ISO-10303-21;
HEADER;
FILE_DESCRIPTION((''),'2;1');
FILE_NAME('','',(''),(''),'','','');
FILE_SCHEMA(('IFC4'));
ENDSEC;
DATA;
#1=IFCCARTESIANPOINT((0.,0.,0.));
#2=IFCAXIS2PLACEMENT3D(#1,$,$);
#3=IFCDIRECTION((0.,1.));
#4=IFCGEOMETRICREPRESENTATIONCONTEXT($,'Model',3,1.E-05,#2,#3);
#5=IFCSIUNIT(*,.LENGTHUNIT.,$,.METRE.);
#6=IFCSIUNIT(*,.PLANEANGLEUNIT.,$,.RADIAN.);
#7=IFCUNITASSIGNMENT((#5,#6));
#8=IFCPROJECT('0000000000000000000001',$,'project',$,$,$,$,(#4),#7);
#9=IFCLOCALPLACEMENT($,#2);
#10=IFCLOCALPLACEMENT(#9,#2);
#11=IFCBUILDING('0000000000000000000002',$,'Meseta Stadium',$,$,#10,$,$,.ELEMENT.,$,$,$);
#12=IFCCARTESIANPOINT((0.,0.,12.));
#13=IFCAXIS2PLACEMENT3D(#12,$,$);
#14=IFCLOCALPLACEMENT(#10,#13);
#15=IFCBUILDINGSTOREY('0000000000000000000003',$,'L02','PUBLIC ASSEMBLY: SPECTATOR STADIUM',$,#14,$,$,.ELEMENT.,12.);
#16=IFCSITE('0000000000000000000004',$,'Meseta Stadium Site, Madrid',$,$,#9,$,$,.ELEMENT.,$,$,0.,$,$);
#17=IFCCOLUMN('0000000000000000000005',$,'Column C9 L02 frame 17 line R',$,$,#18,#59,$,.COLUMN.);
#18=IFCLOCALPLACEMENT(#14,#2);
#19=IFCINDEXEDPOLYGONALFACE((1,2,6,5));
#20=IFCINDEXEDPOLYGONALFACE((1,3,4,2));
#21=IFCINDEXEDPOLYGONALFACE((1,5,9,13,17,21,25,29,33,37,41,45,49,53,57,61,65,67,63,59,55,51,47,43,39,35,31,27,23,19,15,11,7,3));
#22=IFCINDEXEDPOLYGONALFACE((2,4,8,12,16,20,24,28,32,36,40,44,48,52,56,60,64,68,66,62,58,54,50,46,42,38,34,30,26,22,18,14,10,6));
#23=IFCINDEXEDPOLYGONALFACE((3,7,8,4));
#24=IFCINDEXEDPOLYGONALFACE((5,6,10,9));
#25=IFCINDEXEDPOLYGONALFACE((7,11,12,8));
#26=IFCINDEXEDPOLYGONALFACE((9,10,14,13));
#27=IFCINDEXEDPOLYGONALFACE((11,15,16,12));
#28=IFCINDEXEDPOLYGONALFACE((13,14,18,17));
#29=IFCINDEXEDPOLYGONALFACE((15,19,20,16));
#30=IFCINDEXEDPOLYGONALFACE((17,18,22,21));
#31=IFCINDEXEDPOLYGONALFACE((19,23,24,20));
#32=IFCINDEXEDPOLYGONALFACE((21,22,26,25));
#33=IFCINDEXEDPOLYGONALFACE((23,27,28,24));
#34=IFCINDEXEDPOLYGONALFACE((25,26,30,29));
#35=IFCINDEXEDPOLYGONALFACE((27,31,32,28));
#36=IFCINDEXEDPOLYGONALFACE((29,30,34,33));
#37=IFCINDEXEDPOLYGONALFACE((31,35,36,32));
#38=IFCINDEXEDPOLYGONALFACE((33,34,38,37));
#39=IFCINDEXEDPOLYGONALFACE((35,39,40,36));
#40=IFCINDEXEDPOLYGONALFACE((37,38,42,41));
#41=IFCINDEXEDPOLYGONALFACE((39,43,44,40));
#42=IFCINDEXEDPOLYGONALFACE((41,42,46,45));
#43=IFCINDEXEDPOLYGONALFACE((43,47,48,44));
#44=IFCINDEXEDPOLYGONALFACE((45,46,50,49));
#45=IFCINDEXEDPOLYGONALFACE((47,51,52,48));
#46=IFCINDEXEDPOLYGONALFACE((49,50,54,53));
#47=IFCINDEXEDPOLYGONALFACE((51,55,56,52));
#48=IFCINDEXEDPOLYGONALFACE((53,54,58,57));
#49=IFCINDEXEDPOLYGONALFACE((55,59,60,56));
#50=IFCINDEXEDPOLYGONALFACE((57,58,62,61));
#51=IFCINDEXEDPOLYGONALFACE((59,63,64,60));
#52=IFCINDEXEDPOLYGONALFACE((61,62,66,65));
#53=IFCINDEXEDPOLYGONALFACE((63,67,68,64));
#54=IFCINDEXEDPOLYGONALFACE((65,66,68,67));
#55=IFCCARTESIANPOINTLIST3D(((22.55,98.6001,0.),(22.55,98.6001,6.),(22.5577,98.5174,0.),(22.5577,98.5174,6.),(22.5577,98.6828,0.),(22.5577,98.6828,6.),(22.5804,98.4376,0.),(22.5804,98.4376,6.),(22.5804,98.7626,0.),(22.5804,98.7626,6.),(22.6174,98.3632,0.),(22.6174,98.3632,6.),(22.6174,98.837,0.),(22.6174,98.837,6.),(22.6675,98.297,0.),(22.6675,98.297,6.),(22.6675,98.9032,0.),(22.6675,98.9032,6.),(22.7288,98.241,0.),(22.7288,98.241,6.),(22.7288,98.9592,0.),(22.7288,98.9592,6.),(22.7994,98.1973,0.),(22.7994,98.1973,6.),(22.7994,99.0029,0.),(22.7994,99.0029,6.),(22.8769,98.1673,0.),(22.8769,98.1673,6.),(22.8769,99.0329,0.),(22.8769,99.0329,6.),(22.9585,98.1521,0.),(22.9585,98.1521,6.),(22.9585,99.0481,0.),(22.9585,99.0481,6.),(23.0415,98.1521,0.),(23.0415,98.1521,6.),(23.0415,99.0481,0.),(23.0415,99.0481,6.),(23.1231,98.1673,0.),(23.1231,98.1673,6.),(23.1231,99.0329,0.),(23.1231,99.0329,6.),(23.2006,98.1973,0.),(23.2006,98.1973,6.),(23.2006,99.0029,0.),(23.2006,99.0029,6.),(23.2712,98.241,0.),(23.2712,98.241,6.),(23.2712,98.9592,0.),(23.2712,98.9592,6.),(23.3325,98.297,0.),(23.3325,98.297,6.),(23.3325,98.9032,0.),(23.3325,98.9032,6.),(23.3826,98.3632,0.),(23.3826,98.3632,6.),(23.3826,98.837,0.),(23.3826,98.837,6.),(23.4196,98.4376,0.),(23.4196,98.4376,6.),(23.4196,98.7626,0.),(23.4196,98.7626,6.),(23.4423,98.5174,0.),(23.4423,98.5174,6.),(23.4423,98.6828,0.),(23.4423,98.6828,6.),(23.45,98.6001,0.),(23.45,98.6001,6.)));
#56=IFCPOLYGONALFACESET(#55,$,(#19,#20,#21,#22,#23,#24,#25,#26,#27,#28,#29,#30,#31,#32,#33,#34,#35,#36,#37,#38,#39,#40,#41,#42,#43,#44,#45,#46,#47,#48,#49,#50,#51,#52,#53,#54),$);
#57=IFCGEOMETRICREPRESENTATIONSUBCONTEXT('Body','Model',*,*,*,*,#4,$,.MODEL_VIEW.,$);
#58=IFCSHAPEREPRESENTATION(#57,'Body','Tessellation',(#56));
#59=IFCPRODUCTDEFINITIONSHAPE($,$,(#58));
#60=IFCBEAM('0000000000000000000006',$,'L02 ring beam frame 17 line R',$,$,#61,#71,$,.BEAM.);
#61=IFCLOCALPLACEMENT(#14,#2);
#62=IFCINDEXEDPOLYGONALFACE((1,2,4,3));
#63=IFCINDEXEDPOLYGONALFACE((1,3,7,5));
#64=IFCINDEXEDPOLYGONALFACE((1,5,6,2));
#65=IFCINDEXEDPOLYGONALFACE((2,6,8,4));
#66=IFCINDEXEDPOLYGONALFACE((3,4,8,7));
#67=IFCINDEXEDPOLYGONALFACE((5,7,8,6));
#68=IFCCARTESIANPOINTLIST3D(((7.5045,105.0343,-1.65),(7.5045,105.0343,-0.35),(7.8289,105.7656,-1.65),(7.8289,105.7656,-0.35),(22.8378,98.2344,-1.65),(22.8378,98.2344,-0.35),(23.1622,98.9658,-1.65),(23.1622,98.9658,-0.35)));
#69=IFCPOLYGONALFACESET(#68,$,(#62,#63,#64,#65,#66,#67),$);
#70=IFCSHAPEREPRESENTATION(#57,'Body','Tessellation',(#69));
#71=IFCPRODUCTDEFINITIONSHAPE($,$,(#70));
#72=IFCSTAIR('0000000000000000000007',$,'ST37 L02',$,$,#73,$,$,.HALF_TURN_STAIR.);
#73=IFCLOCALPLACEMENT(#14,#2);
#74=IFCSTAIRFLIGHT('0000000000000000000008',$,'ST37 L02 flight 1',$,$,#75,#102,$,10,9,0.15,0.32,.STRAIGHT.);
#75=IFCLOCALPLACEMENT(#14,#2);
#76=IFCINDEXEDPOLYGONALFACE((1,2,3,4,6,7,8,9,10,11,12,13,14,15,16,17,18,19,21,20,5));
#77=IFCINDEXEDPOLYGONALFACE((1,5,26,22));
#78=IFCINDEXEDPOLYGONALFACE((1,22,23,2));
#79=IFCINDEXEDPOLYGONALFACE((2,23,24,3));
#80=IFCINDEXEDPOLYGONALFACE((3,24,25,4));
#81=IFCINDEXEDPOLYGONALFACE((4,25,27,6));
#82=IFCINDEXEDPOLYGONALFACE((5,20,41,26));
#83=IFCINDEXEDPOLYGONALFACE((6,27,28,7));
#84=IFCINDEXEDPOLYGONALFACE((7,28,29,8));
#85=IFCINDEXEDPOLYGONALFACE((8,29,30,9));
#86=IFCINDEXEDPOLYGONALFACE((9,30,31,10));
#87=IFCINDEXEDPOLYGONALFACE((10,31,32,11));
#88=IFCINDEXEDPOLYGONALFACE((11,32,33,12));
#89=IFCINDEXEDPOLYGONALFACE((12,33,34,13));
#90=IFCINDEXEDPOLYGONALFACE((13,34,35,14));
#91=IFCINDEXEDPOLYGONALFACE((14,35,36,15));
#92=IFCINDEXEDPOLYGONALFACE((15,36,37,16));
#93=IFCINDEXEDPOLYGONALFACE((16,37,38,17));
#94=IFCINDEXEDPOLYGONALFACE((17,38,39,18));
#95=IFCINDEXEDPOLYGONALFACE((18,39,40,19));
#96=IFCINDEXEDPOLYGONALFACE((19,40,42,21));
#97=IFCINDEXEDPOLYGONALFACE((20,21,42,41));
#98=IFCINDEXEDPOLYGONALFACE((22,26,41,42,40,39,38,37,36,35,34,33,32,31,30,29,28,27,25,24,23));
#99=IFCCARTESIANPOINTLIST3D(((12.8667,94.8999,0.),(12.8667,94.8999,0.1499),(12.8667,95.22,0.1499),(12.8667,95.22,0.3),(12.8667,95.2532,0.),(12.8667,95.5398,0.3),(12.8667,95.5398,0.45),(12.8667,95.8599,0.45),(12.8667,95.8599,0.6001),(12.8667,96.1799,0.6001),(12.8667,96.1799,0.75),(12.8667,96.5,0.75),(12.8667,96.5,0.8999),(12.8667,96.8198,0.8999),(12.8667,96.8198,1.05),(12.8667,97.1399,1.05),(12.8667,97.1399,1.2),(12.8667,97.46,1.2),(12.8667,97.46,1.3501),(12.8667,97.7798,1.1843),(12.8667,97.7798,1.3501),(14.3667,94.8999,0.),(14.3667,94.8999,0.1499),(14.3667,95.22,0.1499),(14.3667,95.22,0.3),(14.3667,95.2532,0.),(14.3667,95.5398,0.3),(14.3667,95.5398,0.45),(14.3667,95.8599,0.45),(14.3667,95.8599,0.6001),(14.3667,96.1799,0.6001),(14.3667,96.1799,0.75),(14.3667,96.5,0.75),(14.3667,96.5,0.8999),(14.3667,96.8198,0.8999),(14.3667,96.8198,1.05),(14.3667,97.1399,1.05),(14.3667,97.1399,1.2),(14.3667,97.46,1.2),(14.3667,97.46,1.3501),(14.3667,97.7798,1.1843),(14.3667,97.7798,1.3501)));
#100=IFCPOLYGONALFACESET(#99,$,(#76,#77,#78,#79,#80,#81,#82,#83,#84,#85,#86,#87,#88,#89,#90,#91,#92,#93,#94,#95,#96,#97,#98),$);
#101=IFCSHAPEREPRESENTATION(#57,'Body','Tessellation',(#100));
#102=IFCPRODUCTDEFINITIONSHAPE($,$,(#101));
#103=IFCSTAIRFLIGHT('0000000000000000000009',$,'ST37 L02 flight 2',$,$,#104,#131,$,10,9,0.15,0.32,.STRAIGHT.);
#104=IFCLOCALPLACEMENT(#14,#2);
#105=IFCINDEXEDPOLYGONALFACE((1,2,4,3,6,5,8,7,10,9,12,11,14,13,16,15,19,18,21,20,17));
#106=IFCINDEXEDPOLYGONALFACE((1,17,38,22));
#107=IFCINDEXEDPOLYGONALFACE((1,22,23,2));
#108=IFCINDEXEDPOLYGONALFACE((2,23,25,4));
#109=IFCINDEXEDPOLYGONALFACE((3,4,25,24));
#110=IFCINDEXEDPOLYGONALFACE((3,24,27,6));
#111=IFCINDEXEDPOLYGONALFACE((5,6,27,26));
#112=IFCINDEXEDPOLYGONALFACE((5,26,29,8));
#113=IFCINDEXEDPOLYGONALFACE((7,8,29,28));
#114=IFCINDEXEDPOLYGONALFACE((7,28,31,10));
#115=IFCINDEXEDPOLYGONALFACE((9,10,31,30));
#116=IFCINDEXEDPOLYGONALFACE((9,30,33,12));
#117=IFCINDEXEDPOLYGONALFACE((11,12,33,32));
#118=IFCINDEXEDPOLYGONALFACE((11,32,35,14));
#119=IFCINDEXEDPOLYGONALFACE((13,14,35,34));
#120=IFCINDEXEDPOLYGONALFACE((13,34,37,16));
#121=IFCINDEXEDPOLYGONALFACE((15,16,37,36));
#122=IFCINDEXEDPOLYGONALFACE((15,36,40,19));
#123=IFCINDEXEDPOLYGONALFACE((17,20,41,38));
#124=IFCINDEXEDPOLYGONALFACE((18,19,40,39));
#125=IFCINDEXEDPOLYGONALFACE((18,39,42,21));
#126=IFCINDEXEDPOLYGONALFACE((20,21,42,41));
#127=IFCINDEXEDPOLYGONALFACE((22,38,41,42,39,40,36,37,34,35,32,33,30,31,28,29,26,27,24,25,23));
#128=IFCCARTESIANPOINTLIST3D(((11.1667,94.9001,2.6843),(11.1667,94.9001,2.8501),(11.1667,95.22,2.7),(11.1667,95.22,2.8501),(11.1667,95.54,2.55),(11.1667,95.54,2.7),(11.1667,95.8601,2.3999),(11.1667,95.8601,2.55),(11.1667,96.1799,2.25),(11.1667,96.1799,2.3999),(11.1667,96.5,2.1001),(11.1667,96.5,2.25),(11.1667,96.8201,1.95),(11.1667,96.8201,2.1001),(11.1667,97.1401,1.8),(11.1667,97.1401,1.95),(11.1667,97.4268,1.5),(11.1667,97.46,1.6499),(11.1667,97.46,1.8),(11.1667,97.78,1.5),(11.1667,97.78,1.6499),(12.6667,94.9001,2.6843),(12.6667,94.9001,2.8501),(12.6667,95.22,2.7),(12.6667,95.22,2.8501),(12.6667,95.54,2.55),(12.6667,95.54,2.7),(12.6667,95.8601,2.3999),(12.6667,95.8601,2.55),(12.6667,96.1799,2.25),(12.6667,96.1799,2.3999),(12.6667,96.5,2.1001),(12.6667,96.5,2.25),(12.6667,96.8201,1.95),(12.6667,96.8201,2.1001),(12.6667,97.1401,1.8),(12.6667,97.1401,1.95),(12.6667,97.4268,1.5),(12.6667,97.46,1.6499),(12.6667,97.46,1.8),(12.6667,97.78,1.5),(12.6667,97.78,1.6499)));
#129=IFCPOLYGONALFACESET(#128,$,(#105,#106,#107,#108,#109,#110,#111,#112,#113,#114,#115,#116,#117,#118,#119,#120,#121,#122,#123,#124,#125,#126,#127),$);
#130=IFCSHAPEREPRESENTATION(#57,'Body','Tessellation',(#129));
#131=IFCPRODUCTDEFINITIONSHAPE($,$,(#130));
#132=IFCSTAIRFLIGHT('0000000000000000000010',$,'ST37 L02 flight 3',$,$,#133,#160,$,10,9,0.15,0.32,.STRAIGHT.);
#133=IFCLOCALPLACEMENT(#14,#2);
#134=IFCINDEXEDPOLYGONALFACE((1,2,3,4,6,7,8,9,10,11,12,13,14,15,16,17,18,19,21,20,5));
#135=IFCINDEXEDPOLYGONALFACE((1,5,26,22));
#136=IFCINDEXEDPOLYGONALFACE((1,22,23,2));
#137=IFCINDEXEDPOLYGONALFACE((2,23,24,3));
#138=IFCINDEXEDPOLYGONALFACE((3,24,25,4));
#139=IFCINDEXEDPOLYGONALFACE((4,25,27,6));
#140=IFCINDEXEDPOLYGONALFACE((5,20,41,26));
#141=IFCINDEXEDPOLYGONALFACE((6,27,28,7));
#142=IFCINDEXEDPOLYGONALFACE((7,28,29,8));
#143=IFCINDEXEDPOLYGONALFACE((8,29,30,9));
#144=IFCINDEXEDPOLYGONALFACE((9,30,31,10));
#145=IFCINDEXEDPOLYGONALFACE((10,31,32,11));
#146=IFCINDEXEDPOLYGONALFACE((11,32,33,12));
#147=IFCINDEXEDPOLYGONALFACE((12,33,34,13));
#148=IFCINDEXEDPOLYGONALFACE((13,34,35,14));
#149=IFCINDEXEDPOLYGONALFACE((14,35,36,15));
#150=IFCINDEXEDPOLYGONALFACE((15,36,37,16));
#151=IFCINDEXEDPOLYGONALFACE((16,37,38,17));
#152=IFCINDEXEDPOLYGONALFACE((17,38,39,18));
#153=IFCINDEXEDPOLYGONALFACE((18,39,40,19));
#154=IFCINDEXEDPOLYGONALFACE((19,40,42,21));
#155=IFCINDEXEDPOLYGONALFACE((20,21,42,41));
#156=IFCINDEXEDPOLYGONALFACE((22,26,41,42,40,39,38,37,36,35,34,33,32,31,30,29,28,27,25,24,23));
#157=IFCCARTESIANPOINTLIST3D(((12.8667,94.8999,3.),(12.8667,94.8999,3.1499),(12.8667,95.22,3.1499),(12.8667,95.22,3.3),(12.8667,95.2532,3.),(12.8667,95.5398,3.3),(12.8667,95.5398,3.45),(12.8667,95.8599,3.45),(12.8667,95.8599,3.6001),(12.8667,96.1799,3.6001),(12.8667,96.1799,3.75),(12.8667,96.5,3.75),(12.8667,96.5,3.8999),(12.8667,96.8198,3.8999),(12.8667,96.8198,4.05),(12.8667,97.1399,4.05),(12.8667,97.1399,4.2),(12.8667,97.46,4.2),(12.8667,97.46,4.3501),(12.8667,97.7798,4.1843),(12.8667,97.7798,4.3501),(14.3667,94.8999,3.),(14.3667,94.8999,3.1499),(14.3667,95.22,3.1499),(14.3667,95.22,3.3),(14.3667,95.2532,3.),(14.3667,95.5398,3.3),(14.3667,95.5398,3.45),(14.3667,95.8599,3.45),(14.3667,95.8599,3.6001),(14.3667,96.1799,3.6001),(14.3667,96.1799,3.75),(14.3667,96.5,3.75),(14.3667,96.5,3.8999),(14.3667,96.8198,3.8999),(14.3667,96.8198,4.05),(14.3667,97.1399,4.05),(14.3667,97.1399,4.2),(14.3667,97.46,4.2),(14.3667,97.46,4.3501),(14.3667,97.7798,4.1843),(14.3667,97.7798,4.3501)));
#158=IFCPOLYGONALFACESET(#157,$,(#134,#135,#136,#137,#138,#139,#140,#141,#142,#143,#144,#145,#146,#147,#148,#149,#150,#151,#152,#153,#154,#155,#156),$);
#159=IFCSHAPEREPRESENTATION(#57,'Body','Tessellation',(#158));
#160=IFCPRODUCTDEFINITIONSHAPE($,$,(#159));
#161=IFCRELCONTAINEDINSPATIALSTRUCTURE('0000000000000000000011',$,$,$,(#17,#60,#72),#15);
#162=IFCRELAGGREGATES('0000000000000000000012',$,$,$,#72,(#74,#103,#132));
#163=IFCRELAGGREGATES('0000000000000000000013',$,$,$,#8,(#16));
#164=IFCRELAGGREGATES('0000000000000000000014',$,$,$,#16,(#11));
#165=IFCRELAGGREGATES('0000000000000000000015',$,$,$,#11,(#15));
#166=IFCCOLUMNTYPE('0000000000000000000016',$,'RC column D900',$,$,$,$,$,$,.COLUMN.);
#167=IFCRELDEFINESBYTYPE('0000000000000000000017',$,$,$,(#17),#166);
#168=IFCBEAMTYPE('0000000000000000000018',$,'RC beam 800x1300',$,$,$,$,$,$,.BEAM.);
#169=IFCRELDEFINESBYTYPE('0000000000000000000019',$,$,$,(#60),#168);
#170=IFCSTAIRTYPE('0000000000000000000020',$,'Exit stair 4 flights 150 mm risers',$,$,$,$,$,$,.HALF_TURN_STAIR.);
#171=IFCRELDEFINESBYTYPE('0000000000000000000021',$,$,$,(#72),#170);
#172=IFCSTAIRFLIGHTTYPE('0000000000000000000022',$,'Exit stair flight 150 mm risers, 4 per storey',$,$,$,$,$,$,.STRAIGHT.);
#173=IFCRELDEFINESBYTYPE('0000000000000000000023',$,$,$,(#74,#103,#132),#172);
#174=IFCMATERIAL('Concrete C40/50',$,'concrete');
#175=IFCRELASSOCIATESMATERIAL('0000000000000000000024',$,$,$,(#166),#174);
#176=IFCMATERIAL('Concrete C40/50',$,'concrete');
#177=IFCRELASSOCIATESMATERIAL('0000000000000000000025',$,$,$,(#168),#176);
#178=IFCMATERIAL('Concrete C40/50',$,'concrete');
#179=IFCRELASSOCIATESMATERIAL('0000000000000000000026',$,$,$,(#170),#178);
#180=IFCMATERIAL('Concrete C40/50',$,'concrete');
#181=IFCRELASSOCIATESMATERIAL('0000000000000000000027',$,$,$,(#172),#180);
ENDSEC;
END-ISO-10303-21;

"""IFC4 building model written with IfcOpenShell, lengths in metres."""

from ifc_helpers import new_model, si_unit, direction, frame, origin, origin_2d, place, context, subcontext, project, spatial, polyline, rectangle, circle, outline, extrude, material, material_profile, profile_set, type_object, element, aggregate, save


model = new_model("IFC4")

# Units and contexts
model_context = context("Model", 3, precision=1e-05, world=origin(), true_north=direction((0.0, 1.0)))
body_context = subcontext(model_context, "Body", "Model", "MODEL_VIEW")
ifc_project = project(units=[si_unit("LENGTHUNIT", "METRE"), si_unit("PLANEANGLEUNIT", "RADIAN")], contexts=[model_context])

# Site, building, storey
site_placement = place(None, origin())
site = spatial("IfcSite", under=ifc_project, at=site_placement, Name="Meseta Stadium Site, Madrid", CompositionType="ELEMENT", RefElevation=0.0)
building_placement = place(site_placement, origin())
building = spatial("IfcBuilding", under=site, at=building_placement, Name="Meseta Stadium", CompositionType="ELEMENT")
storey_placement = place(building_placement, frame((0.0, 0.0, 12.0)))
storey = spatial("IfcBuildingStorey", under=building, at=storey_placement, Name="L02", Description="PUBLIC ASSEMBLY: SPECTATOR STADIUM", CompositionType="ELEMENT", Elevation=12.0)

# Column
ifc_material_1 = material(Name="Concrete C40/50", Category="concrete")
ifc_material_profile_1 = material_profile(ifc_material_1, circle(Radius=0.45, at=origin_2d()), Name="RC D900")
ifc_profile_set_1 = profile_set([ifc_material_profile_1], Name="Concrete C40/50")
column_type = type_object("IfcColumnType", Name="RC column D900", PredefinedType="COLUMN", material=ifc_profile_set_1)
column_placement = place(storey_placement, frame((23.0, 98.6001, 0.0), z_axis=(0.0, 0.0, 1.0), x_axis=(1.0, 0.0, 0.0)))
element("IfcColumn", 1, at=column_placement, inside=storey, type_object=column_type, Name="Column C9 L02 frame 17 line R", PredefinedType="COLUMN", context=body_context, shape_type="SweptSolid", body=[
    extrude(circle(Radius=0.45, at=origin_2d()), origin(), (0.0, 0.0, 1.0), 6.0),
])

# Beam
ifc_material_2 = material(Name="Concrete C40/50", Category="concrete")
ifc_material_profile_2 = material_profile(ifc_material_2, rectangle(XDim=0.8, YDim=1.3, at=origin_2d()), Name="RC 800x1300")
ifc_profile_set_2 = profile_set([ifc_material_profile_2], Name="Concrete C40/50")
beam_type = type_object("IfcBeamType", Name="RC beam 800x1300", PredefinedType="BEAM", material=ifc_profile_set_2)
beam_placement = place(storey_placement, frame((23.0, 98.6001, -1.0), z_axis=(-0.914143, 0.405393, 0.0), x_axis=(-0.405393, -0.914143, 0.0)))
element("IfcBeam", 2, at=beam_placement, inside=storey, type_object=beam_type, Name="L02 ring beam frame 17 line R", PredefinedType="BEAM", context=body_context, shape_type="SweptSolid", body=[
    extrude(rectangle(XDim=0.8, YDim=1.3, at=origin_2d()), origin(), (0.0, 0.0, 1.0), 16.7734),
])

# Stair, stair flights
ifc_material_3 = material(Name="Concrete C40/50", Category="concrete")
stair_type = type_object("IfcStairType", Name="Exit stair 4 flights 150 mm risers", PredefinedType="HALF_TURN_STAIR", material=ifc_material_3)
stair_1_placement = place(storey_placement, origin())
stair_1 = element("IfcStair", 3, at=stair_1_placement, inside=storey, type_object=stair_type, Name="ST37 L02", PredefinedType="HALF_TURN_STAIR")
ifc_material_4 = material(Name="Concrete C40/50", Category="concrete")
stair_flight_type = type_object("IfcStairFlightType", Name="Exit stair flight 150 mm risers, 4 per storey", PredefinedType="STRAIGHT", material=ifc_material_4)
stair_flight_1_placement = place(storey_placement, frame((13.6167, 94.8999, 0.0), z_axis=(0.0, 0.0, 1.0), x_axis=(0.0, 1.0, 0.0)))
stair_flight_1 = element("IfcStairFlight", 4, at=stair_flight_1_placement, type_object=stair_flight_type, Name="ST37 L02 flight 1", NumberOfRisers=10, NumberOfTreads=9, PredefinedType="STRAIGHT", RiserHeight=0.15, TreadLength=0.32, context=body_context, shape_type="SweptSolid", body=[
    extrude(outline(polyline([(0.0, 0.0), (0.0, 0.1499), (0.3201, 0.1499), (0.3201, 0.3), (0.6399, 0.3), (0.6399, 0.45), (0.96, 0.45), (0.96, 0.6001), (1.28, 0.6001), (1.28, 0.75), (1.6001, 0.75), (1.6001, 0.8999), (1.9199, 0.8999), (1.9199, 1.05), (2.24, 1.05), (2.24, 1.2), (2.5601, 1.2), (2.5601, 1.3501), (2.8799, 1.3501), (2.8799, 1.1843), (0.3533, 0.0), (0.0, 0.0)])), frame((0.0, 0.75, 0.0), z_axis=(0.0, -1.0, 0.0), x_axis=(1.0, 0.0, 0.0)), (0.0, 0.0, 1.0), 1.5),
])
stair_flight_2_placement = place(storey_placement, frame((11.9167, 97.78, 1.5), z_axis=(0.0, 0.0, 1.0), x_axis=(0.0, -1.0, 0.0)))
stair_flight_2 = element("IfcStairFlight", 5, at=stair_flight_2_placement, type_object=stair_flight_type, Name="ST37 L02 flight 2", NumberOfRisers=10, NumberOfTreads=9, PredefinedType="STRAIGHT", RiserHeight=0.15, TreadLength=0.32, context=body_context, shape_type="SweptSolid", body=[
    extrude(outline(polyline([(0.0, 0.0), (0.0, 0.1499), (0.3201, 0.1499), (0.3201, 0.3), (0.6399, 0.3), (0.6399, 0.45), (0.96, 0.45), (0.96, 0.6001), (1.28, 0.6001), (1.28, 0.75), (1.6001, 0.75), (1.6001, 0.8999), (1.9199, 0.8999), (1.9199, 1.05), (2.24, 1.05), (2.24, 1.2), (2.5601, 1.2), (2.5601, 1.3501), (2.8799, 1.3501), (2.8799, 1.1843), (0.3533, 0.0), (0.0, 0.0)])), frame((0.0, 0.75, 0.0), z_axis=(0.0, -1.0, 0.0), x_axis=(1.0, 0.0, 0.0)), (0.0, 0.0, 1.0), 1.5),
])
stair_flight_3_placement = place(storey_placement, frame((13.6167, 94.8999, 3.0), z_axis=(0.0, 0.0, 1.0), x_axis=(0.0, 1.0, 0.0)))
stair_flight_3 = element("IfcStairFlight", 6, at=stair_flight_3_placement, type_object=stair_flight_type, Name="ST37 L02 flight 3", NumberOfRisers=10, NumberOfTreads=9, PredefinedType="STRAIGHT", RiserHeight=0.15, TreadLength=0.32, context=body_context, shape_type="SweptSolid", body=[
    extrude(outline(polyline([(0.0, 0.0), (0.0, 0.1499), (0.3201, 0.1499), (0.3201, 0.3), (0.6399, 0.3), (0.6399, 0.45), (0.96, 0.45), (0.96, 0.6001), (1.28, 0.6001), (1.28, 0.75), (1.6001, 0.75), (1.6001, 0.8999), (1.9199, 0.8999), (1.9199, 1.05), (2.24, 1.05), (2.24, 1.2), (2.5601, 1.2), (2.5601, 1.3501), (2.8799, 1.3501), (2.8799, 1.1843), (0.3533, 0.0), (0.0, 0.0)])), frame((0.0, 0.75, 0.0), z_axis=(0.0, -1.0, 0.0), x_axis=(1.0, 0.0, 0.0)), (0.0, 0.0, 1.0), 1.5),
])
aggregate(stair_1, [stair_flight_1, stair_flight_2, stair_flight_3])

save(model, "model.ifc")
